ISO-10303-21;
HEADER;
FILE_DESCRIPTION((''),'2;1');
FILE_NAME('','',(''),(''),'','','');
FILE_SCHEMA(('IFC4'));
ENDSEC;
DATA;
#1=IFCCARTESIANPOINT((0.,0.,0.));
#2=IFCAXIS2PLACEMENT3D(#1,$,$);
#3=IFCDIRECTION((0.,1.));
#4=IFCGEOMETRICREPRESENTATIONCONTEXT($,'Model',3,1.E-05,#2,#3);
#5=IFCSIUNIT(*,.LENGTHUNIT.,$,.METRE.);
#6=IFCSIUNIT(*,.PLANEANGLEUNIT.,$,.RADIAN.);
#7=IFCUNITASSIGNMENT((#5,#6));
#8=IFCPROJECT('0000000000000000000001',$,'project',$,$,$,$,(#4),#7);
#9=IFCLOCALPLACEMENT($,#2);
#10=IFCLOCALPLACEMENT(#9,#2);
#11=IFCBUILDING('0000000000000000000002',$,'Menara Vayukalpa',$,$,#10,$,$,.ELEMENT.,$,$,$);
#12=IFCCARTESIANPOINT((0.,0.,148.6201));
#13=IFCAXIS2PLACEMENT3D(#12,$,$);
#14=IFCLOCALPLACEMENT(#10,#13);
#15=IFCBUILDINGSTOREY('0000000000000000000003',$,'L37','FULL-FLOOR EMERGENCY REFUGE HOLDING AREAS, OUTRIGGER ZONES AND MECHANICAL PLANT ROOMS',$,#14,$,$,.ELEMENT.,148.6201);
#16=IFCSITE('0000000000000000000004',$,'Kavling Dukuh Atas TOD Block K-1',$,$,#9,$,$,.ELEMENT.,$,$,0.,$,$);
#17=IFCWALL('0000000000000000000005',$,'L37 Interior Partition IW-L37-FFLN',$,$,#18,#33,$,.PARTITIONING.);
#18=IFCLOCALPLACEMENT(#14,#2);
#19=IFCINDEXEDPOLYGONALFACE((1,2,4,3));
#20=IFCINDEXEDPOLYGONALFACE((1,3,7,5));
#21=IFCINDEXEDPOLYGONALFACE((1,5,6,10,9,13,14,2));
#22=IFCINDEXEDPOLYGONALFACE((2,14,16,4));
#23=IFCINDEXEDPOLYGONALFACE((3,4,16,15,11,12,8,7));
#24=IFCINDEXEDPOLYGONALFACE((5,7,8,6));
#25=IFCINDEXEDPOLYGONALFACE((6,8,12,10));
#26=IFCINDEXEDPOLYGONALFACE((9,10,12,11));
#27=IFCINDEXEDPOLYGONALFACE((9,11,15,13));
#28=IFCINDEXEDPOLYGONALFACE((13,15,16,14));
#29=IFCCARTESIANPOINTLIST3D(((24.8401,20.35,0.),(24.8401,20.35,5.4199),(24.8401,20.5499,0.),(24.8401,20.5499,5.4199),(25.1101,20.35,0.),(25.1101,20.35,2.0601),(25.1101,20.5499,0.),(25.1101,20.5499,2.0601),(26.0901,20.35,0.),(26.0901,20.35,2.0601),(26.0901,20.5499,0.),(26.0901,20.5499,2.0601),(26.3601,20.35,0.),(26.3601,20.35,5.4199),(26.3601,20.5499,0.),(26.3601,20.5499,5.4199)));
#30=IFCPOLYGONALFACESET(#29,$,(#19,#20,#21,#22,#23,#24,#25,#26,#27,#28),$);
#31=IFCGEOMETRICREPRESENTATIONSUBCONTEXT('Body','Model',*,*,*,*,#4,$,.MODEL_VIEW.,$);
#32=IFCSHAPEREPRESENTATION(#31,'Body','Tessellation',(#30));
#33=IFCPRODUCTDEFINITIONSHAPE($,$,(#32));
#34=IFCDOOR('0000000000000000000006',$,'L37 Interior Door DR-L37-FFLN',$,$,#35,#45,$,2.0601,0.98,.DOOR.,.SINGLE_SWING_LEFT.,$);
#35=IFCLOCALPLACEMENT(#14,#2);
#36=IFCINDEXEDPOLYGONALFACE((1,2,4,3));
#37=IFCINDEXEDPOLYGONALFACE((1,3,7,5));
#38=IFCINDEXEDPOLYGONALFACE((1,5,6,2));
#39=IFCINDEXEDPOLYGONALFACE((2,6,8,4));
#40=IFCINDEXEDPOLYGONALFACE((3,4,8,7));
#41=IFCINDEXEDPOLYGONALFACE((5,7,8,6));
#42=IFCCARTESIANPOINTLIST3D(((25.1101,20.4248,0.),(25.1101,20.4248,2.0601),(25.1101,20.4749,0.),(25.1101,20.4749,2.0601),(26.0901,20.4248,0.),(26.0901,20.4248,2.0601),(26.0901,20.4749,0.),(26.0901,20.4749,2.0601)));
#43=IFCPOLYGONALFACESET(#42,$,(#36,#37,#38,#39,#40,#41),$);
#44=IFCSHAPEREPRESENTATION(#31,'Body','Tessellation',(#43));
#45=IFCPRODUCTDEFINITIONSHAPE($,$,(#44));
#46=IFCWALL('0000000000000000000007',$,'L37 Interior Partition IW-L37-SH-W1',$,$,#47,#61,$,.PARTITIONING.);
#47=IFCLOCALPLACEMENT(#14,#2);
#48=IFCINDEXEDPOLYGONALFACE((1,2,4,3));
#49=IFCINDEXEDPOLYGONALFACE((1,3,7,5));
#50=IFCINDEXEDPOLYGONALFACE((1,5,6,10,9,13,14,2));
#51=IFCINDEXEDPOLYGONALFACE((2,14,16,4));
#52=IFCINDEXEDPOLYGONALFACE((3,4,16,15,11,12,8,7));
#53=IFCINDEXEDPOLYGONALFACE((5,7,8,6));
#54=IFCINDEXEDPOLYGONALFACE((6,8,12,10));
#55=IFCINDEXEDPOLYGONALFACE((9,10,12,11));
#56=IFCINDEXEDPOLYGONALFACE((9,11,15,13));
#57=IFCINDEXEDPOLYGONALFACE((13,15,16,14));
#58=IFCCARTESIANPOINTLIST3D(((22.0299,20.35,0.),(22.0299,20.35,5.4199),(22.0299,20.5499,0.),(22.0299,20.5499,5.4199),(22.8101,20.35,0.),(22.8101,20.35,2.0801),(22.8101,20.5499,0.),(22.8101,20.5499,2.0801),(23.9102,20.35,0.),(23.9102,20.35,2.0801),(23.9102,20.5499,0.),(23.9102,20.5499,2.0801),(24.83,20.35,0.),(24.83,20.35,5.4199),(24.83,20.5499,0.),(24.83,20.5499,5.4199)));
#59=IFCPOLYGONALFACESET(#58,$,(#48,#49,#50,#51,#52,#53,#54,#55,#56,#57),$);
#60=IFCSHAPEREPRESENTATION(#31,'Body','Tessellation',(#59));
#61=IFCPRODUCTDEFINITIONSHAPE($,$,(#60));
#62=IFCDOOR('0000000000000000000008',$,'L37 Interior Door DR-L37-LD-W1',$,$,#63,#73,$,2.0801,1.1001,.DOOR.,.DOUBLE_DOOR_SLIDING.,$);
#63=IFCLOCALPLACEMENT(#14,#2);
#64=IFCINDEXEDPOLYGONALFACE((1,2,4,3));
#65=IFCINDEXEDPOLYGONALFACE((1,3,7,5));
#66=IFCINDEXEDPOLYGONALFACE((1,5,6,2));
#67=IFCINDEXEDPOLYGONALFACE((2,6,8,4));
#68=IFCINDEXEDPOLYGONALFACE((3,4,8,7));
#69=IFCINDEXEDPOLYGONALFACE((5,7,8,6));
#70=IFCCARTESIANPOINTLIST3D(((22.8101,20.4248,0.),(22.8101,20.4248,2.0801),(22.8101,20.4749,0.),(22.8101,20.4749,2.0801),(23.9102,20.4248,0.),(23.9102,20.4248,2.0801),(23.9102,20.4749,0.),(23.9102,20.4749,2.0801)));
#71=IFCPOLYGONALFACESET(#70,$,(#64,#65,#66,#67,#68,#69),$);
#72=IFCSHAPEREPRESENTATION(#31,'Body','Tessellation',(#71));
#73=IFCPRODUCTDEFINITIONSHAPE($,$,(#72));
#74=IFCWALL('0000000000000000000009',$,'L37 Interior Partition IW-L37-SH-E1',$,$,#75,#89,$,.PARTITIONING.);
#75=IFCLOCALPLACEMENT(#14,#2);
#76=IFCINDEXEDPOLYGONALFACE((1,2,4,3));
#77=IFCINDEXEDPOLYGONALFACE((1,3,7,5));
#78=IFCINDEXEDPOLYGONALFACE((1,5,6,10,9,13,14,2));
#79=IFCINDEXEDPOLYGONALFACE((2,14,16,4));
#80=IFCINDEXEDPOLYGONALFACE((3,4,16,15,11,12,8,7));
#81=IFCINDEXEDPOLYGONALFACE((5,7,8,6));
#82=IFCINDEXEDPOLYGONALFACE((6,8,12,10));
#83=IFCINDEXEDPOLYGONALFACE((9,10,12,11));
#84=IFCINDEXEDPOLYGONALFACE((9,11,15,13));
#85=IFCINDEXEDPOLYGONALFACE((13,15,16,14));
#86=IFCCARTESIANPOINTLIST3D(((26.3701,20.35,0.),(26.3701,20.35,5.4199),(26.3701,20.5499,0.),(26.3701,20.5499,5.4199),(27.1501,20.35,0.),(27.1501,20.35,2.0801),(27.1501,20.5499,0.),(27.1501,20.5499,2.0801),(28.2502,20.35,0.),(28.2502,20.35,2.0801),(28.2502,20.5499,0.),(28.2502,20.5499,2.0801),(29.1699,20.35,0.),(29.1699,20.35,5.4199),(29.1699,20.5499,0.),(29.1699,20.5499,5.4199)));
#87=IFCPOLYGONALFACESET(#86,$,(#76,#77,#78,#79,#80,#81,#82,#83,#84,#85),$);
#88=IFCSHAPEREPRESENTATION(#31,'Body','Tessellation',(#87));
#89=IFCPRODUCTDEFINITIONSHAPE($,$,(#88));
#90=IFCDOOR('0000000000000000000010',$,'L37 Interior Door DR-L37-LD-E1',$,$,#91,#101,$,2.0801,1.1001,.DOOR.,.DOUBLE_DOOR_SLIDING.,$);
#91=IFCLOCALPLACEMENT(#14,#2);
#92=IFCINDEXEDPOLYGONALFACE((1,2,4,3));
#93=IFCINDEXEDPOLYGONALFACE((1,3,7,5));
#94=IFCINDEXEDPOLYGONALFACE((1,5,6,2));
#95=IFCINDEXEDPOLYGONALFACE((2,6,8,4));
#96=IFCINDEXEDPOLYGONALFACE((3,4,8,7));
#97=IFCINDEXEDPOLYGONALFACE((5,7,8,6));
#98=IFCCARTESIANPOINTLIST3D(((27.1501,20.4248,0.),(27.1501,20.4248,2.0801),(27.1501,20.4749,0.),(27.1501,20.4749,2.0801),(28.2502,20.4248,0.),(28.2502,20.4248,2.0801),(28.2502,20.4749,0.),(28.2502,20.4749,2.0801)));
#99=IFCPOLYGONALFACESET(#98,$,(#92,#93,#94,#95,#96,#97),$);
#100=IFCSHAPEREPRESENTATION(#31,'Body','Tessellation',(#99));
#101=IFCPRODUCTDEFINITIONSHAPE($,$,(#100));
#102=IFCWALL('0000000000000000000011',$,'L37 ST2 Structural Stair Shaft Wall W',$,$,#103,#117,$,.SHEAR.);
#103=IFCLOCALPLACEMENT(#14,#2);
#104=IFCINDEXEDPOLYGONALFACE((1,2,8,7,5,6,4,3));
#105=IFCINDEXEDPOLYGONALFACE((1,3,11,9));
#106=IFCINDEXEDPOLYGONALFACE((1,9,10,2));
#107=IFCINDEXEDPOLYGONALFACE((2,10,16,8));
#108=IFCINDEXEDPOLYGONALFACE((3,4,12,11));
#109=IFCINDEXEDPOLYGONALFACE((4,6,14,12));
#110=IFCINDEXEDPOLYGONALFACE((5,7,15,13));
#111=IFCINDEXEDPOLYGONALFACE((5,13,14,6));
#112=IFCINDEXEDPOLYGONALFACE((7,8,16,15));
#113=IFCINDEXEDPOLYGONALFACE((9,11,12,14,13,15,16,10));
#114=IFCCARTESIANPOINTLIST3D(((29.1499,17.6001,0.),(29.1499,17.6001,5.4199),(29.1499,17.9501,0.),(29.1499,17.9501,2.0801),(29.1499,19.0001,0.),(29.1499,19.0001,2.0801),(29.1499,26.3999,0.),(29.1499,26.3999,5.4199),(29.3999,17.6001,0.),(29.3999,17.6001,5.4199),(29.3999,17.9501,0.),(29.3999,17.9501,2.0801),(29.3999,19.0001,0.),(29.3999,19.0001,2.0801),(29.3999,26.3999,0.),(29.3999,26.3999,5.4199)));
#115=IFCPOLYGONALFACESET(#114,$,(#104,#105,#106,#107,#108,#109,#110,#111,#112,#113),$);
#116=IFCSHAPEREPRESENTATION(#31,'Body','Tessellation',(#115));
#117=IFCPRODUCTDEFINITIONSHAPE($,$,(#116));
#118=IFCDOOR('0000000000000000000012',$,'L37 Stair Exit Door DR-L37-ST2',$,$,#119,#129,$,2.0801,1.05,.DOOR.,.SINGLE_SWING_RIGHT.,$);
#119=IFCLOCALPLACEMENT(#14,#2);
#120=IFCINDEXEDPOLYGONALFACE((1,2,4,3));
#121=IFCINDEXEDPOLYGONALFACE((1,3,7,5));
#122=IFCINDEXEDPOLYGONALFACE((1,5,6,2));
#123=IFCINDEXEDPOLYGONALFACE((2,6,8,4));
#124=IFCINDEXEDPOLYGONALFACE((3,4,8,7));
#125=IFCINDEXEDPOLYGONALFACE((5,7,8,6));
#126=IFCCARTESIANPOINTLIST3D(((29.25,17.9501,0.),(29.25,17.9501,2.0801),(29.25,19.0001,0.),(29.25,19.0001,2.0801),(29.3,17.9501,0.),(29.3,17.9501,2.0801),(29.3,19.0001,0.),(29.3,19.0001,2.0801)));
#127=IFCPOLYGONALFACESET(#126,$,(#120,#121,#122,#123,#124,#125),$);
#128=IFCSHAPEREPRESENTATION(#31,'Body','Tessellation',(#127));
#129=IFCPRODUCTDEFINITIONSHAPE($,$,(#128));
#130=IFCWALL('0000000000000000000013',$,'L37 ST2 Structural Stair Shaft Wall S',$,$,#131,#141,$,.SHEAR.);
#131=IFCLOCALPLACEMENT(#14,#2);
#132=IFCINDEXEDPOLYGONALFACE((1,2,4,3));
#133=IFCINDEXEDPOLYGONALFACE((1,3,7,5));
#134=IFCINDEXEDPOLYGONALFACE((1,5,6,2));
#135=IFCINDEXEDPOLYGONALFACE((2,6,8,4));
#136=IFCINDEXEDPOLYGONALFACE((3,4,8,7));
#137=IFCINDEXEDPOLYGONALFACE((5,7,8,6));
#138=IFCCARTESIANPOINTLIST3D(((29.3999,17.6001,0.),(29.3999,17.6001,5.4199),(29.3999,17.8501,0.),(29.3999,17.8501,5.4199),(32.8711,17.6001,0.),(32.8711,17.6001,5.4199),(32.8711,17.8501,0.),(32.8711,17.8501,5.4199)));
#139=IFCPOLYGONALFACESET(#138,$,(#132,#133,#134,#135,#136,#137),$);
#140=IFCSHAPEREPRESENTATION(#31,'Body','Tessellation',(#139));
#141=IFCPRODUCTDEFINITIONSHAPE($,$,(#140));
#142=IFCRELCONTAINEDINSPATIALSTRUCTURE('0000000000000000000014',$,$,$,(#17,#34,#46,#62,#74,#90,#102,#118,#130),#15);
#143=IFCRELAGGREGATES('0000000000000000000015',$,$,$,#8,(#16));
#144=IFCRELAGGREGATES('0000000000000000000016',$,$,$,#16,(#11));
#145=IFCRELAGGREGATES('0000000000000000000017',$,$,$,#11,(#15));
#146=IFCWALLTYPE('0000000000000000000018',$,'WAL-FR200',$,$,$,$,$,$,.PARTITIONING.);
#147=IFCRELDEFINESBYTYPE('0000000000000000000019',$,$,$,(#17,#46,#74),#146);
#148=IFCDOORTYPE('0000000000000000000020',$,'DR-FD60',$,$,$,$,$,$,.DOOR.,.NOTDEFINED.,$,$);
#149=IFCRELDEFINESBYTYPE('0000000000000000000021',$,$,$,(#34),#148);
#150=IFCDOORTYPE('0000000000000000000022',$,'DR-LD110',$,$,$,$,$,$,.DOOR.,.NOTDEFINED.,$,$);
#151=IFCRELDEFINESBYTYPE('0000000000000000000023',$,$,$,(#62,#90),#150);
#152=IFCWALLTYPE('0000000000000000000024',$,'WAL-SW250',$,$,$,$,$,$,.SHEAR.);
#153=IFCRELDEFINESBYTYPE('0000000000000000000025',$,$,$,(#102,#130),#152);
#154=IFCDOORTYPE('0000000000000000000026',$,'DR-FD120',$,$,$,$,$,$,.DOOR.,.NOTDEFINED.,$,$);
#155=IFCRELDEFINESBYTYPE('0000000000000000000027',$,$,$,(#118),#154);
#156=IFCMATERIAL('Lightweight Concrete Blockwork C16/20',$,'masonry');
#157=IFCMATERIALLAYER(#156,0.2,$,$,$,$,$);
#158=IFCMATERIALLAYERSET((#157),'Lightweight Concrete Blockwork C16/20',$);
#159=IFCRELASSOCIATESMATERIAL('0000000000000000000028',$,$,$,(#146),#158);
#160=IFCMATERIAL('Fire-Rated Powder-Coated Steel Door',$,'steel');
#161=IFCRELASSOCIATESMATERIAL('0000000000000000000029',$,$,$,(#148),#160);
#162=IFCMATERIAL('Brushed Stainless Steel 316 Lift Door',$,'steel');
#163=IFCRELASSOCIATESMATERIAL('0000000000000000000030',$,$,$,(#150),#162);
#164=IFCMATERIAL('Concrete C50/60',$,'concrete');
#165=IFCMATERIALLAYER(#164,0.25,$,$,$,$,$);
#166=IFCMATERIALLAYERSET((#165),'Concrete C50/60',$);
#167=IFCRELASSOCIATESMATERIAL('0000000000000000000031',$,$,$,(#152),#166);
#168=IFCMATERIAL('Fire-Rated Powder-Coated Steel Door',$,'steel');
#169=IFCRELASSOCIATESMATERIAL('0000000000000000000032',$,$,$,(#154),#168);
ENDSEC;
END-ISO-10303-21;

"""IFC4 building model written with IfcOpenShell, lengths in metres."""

from ifc_helpers import new_model, si_unit, direction, frame, frame_2d, origin, place, context, subcontext, project, spatial, rectangle, extrude, material, layer, layer_set, type_object, element, fill, save


model = new_model("IFC4")

# Units and contexts
model_context = context("Model", 3, precision=1e-05, world=origin(), true_north=direction((0.0, 1.0)))
body_context = subcontext(model_context, "Body", "Model", "MODEL_VIEW")
ifc_project = project(units=[si_unit("LENGTHUNIT", "METRE"), si_unit("PLANEANGLEUNIT", "RADIAN")], contexts=[model_context])

# Site, building, storey
site_placement = place(None, origin())
site = spatial("IfcSite", under=ifc_project, at=site_placement, Name="Kavling Dukuh Atas TOD Block K-1", CompositionType="ELEMENT", RefElevation=0.0)
building_placement = place(site_placement, origin())
building = spatial("IfcBuilding", under=site, at=building_placement, Name="Menara Vayukalpa", CompositionType="ELEMENT")
storey_placement = place(building_placement, frame((0.0, 0.0, 148.6201)))
storey = spatial("IfcBuildingStorey", under=building, at=storey_placement, Name="L37", Description="FULL-FLOOR EMERGENCY REFUGE HOLDING AREAS, OUTRIGGER ZONES AND MECHANICAL PLANT ROOMS", CompositionType="ELEMENT", Elevation=148.6201)

# Walls, openings, doors
ifc_material_1 = material(Name="Lightweight Concrete Blockwork C16/20", Category="masonry")
ifc_layer_1 = layer(ifc_material_1, 0.2)
ifc_layer_set_1 = layer_set([ifc_layer_1], Name="Lightweight Concrete Blockwork C16/20")
wall_type_1 = type_object("IfcWallType", Name="WAL-FR200", PredefinedType="PARTITIONING", material=ifc_layer_set_1)
wall_1_placement = place(storey_placement, frame((24.8401, 20.45, 0.0), z_axis=(0.0, 0.0, 1.0), x_axis=(1.0, 0.0, 0.0)))
wall_1 = element("IfcWall", 1, at=wall_1_placement, inside=storey, type_object=wall_type_1, Name="L37 Interior Partition IW-L37-FFLN", PredefinedType="PARTITIONING", context=body_context, shape_type="SweptSolid", body=[
    extrude(rectangle(XDim=1.52, YDim=0.2, at=frame_2d((0.76, 0.0))), origin(), (0.0, 0.0, 1.0), 5.4199),
])
opening_1_placement = place(wall_1_placement, frame((0.27, 0.0, 0.0)))
opening_1 = element("IfcOpeningElement", 2, at=opening_1_placement, cuts=wall_1, PredefinedType="OPENING", context=body_context, shape_type="SweptSolid", body=[
    extrude(rectangle(XDim=0.98, YDim=2.0601, at=frame_2d((0.49, 1.03))), frame((0.0, 0.1099, 0.0), z_axis=(0.0, -1.0, 0.0), x_axis=(1.0, 0.0, 0.0)), (0.0, 0.0, 1.0), 0.22),
])
ifc_material_2 = material(Name="Fire-Rated Powder-Coated Steel Door", Category="steel")
door_type_1 = type_object("IfcDoorType", Name="DR-FD60", OperationType="NOTDEFINED", PredefinedType="DOOR", material=ifc_material_2)
door_1_placement = place(opening_1_placement, origin())
door_1 = element("IfcDoor", 3, at=door_1_placement, inside=storey, type_object=door_type_1, Name="L37 Interior Door DR-L37-FFLN", OperationType="SINGLE_SWING_LEFT", OverallHeight=2.0601, OverallWidth=0.98, PredefinedType="DOOR", context=body_context, shape_type="SweptSolid", body=[
    extrude(rectangle(XDim=0.98, YDim=2.0601, at=frame_2d((0.49, 1.03))), frame((0.0, 0.0249, 0.0), z_axis=(0.0, -1.0, 0.0), x_axis=(1.0, 0.0, 0.0)), (0.0, 0.0, 1.0), 0.05),
])
fill(opening_1, door_1)
wall_2_placement = place(storey_placement, frame((22.03, 20.45, 0.0), z_axis=(0.0, 0.0, 1.0), x_axis=(1.0, 0.0, 0.0)))
wall_2 = element("IfcWall", 4, at=wall_2_placement, inside=storey, type_object=wall_type_1, Name="L37 Interior Partition IW-L37-SH-W1", PredefinedType="PARTITIONING", context=body_context, shape_type="SweptSolid", body=[
    extrude(rectangle(XDim=2.8, YDim=0.2, at=frame_2d((1.3999, 0.0))), origin(), (0.0, 0.0, 1.0), 5.4199),
])
opening_2_placement = place(wall_2_placement, frame((0.78, 0.0, 0.0)))
opening_2 = element("IfcOpeningElement", 5, at=opening_2_placement, cuts=wall_2, PredefinedType="OPENING", context=body_context, shape_type="SweptSolid", body=[
    extrude(rectangle(XDim=1.1001, YDim=2.0801, at=frame_2d((0.55, 1.04))), frame((0.0, 0.1099, 0.0), z_axis=(0.0, -1.0, 0.0), x_axis=(1.0, 0.0, 0.0)), (0.0, 0.0, 1.0), 0.22),
])
ifc_material_3 = material(Name="Brushed Stainless Steel 316 Lift Door", Category="steel")
door_type_2 = type_object("IfcDoorType", Name="DR-LD110", OperationType="NOTDEFINED", PredefinedType="DOOR", material=ifc_material_3)
door_2_placement = place(opening_2_placement, origin())
door_2 = element("IfcDoor", 6, at=door_2_placement, inside=storey, type_object=door_type_2, Name="L37 Interior Door DR-L37-LD-W1", OperationType="DOUBLE_DOOR_SLIDING", OverallHeight=2.0801, OverallWidth=1.1001, PredefinedType="DOOR", context=body_context, shape_type="SweptSolid", body=[
    extrude(rectangle(XDim=1.1001, YDim=2.0801, at=frame_2d((0.55, 1.04))), frame((0.0, 0.0249, 0.0), z_axis=(0.0, -1.0, 0.0), x_axis=(1.0, 0.0, 0.0)), (0.0, 0.0, 1.0), 0.05),
])
fill(opening_2, door_2)
wall_3_placement = place(storey_placement, frame((26.3701, 20.45, 0.0), z_axis=(0.0, 0.0, 1.0), x_axis=(1.0, 0.0, 0.0)))
wall_3 = element("IfcWall", 7, at=wall_3_placement, inside=storey, type_object=wall_type_1, Name="L37 Interior Partition IW-L37-SH-E1", PredefinedType="PARTITIONING", context=body_context, shape_type="SweptSolid", body=[
    extrude(rectangle(XDim=2.7998, YDim=0.2, at=frame_2d((1.3999, 0.0))), origin(), (0.0, 0.0, 1.0), 5.4199),
])
opening_3_placement = place(wall_3_placement, frame((0.78, 0.0, 0.0)))
opening_3 = element("IfcOpeningElement", 8, at=opening_3_placement, cuts=wall_3, PredefinedType="OPENING", context=body_context, shape_type="SweptSolid", body=[
    extrude(rectangle(XDim=1.1001, YDim=2.0801, at=frame_2d((0.55, 1.04))), frame((0.0, 0.1099, 0.0), z_axis=(0.0, -1.0, 0.0), x_axis=(1.0, 0.0, 0.0)), (0.0, 0.0, 1.0), 0.22),
])
door_3_placement = place(opening_3_placement, origin())
door_3 = element("IfcDoor", 9, at=door_3_placement, inside=storey, type_object=door_type_2, Name="L37 Interior Door DR-L37-LD-E1", OperationType="DOUBLE_DOOR_SLIDING", OverallHeight=2.0801, OverallWidth=1.1001, PredefinedType="DOOR", context=body_context, shape_type="SweptSolid", body=[
    extrude(rectangle(XDim=1.1001, YDim=2.0801, at=frame_2d((0.55, 1.04))), frame((0.0, 0.0249, 0.0), z_axis=(0.0, -1.0, 0.0), x_axis=(1.0, 0.0, 0.0)), (0.0, 0.0, 1.0), 0.05),
])
fill(opening_3, door_3)
ifc_material_4 = material(Name="Concrete C50/60", Category="concrete")
ifc_layer_2 = layer(ifc_material_4, 0.25)
ifc_layer_set_2 = layer_set([ifc_layer_2], Name="Concrete C50/60")
wall_type_2 = type_object("IfcWallType", Name="WAL-SW250", PredefinedType="SHEAR", material=ifc_layer_set_2)
wall_4_placement = place(storey_placement, frame((29.2749, 17.6001, 0.0), z_axis=(0.0, 0.0, 1.0), x_axis=(0.0, 1.0, 0.0)))
wall_4 = element("IfcWall", 10, at=wall_4_placement, inside=storey, type_object=wall_type_2, Name="L37 ST2 Structural Stair Shaft Wall W", PredefinedType="SHEAR", context=body_context, shape_type="SweptSolid", body=[
    extrude(rectangle(XDim=8.7998, YDim=0.25, at=frame_2d((4.3999, 0.0))), origin(), (0.0, 0.0, 1.0), 5.4199),
])
opening_4_placement = place(wall_4_placement, frame((0.3501, 0.0, 0.0)))
opening_4 = element("IfcOpeningElement", 11, at=opening_4_placement, cuts=wall_4, PredefinedType="OPENING", context=body_context, shape_type="SweptSolid", body=[
    extrude(rectangle(XDim=1.05, YDim=2.0801, at=frame_2d((0.5249, 1.04))), frame((0.0, 0.135, 0.0), z_axis=(0.0, -1.0, 0.0), x_axis=(1.0, 0.0, 0.0)), (0.0, 0.0, 1.0), 0.27),
])
ifc_material_5 = material(Name="Fire-Rated Powder-Coated Steel Door", Category="steel")
door_type_3 = type_object("IfcDoorType", Name="DR-FD120", OperationType="NOTDEFINED", PredefinedType="DOOR", material=ifc_material_5)
door_4_placement = place(opening_4_placement, origin())
door_4 = element("IfcDoor", 12, at=door_4_placement, inside=storey, type_object=door_type_3, Name="L37 Stair Exit Door DR-L37-ST2", OperationType="SINGLE_SWING_RIGHT", OverallHeight=2.0801, OverallWidth=1.05, PredefinedType="DOOR", context=body_context, shape_type="SweptSolid", body=[
    extrude(rectangle(XDim=1.05, YDim=2.0801, at=frame_2d((0.5249, 1.04))), frame((0.0, 0.0249, 0.0), z_axis=(0.0, -1.0, 0.0), x_axis=(1.0, 0.0, 0.0)), (0.0, 0.0, 1.0), 0.05),
])
fill(opening_4, door_4)

# Wall
wall_5_placement = place(storey_placement, frame((29.3999, 17.7251, 0.0), z_axis=(0.0, 0.0, 1.0), x_axis=(1.0, 0.0, 0.0)))
element("IfcWall", 13, at=wall_5_placement, inside=storey, type_object=wall_type_2, Name="L37 ST2 Structural Stair Shaft Wall S", PredefinedType="SHEAR", context=body_context, shape_type="SweptSolid", body=[
    extrude(rectangle(XDim=3.4712, YDim=0.25, at=frame_2d((1.7356, 0.0))), origin(), (0.0, 0.0, 1.0), 5.4199),
])

save(model, "model.ifc")
